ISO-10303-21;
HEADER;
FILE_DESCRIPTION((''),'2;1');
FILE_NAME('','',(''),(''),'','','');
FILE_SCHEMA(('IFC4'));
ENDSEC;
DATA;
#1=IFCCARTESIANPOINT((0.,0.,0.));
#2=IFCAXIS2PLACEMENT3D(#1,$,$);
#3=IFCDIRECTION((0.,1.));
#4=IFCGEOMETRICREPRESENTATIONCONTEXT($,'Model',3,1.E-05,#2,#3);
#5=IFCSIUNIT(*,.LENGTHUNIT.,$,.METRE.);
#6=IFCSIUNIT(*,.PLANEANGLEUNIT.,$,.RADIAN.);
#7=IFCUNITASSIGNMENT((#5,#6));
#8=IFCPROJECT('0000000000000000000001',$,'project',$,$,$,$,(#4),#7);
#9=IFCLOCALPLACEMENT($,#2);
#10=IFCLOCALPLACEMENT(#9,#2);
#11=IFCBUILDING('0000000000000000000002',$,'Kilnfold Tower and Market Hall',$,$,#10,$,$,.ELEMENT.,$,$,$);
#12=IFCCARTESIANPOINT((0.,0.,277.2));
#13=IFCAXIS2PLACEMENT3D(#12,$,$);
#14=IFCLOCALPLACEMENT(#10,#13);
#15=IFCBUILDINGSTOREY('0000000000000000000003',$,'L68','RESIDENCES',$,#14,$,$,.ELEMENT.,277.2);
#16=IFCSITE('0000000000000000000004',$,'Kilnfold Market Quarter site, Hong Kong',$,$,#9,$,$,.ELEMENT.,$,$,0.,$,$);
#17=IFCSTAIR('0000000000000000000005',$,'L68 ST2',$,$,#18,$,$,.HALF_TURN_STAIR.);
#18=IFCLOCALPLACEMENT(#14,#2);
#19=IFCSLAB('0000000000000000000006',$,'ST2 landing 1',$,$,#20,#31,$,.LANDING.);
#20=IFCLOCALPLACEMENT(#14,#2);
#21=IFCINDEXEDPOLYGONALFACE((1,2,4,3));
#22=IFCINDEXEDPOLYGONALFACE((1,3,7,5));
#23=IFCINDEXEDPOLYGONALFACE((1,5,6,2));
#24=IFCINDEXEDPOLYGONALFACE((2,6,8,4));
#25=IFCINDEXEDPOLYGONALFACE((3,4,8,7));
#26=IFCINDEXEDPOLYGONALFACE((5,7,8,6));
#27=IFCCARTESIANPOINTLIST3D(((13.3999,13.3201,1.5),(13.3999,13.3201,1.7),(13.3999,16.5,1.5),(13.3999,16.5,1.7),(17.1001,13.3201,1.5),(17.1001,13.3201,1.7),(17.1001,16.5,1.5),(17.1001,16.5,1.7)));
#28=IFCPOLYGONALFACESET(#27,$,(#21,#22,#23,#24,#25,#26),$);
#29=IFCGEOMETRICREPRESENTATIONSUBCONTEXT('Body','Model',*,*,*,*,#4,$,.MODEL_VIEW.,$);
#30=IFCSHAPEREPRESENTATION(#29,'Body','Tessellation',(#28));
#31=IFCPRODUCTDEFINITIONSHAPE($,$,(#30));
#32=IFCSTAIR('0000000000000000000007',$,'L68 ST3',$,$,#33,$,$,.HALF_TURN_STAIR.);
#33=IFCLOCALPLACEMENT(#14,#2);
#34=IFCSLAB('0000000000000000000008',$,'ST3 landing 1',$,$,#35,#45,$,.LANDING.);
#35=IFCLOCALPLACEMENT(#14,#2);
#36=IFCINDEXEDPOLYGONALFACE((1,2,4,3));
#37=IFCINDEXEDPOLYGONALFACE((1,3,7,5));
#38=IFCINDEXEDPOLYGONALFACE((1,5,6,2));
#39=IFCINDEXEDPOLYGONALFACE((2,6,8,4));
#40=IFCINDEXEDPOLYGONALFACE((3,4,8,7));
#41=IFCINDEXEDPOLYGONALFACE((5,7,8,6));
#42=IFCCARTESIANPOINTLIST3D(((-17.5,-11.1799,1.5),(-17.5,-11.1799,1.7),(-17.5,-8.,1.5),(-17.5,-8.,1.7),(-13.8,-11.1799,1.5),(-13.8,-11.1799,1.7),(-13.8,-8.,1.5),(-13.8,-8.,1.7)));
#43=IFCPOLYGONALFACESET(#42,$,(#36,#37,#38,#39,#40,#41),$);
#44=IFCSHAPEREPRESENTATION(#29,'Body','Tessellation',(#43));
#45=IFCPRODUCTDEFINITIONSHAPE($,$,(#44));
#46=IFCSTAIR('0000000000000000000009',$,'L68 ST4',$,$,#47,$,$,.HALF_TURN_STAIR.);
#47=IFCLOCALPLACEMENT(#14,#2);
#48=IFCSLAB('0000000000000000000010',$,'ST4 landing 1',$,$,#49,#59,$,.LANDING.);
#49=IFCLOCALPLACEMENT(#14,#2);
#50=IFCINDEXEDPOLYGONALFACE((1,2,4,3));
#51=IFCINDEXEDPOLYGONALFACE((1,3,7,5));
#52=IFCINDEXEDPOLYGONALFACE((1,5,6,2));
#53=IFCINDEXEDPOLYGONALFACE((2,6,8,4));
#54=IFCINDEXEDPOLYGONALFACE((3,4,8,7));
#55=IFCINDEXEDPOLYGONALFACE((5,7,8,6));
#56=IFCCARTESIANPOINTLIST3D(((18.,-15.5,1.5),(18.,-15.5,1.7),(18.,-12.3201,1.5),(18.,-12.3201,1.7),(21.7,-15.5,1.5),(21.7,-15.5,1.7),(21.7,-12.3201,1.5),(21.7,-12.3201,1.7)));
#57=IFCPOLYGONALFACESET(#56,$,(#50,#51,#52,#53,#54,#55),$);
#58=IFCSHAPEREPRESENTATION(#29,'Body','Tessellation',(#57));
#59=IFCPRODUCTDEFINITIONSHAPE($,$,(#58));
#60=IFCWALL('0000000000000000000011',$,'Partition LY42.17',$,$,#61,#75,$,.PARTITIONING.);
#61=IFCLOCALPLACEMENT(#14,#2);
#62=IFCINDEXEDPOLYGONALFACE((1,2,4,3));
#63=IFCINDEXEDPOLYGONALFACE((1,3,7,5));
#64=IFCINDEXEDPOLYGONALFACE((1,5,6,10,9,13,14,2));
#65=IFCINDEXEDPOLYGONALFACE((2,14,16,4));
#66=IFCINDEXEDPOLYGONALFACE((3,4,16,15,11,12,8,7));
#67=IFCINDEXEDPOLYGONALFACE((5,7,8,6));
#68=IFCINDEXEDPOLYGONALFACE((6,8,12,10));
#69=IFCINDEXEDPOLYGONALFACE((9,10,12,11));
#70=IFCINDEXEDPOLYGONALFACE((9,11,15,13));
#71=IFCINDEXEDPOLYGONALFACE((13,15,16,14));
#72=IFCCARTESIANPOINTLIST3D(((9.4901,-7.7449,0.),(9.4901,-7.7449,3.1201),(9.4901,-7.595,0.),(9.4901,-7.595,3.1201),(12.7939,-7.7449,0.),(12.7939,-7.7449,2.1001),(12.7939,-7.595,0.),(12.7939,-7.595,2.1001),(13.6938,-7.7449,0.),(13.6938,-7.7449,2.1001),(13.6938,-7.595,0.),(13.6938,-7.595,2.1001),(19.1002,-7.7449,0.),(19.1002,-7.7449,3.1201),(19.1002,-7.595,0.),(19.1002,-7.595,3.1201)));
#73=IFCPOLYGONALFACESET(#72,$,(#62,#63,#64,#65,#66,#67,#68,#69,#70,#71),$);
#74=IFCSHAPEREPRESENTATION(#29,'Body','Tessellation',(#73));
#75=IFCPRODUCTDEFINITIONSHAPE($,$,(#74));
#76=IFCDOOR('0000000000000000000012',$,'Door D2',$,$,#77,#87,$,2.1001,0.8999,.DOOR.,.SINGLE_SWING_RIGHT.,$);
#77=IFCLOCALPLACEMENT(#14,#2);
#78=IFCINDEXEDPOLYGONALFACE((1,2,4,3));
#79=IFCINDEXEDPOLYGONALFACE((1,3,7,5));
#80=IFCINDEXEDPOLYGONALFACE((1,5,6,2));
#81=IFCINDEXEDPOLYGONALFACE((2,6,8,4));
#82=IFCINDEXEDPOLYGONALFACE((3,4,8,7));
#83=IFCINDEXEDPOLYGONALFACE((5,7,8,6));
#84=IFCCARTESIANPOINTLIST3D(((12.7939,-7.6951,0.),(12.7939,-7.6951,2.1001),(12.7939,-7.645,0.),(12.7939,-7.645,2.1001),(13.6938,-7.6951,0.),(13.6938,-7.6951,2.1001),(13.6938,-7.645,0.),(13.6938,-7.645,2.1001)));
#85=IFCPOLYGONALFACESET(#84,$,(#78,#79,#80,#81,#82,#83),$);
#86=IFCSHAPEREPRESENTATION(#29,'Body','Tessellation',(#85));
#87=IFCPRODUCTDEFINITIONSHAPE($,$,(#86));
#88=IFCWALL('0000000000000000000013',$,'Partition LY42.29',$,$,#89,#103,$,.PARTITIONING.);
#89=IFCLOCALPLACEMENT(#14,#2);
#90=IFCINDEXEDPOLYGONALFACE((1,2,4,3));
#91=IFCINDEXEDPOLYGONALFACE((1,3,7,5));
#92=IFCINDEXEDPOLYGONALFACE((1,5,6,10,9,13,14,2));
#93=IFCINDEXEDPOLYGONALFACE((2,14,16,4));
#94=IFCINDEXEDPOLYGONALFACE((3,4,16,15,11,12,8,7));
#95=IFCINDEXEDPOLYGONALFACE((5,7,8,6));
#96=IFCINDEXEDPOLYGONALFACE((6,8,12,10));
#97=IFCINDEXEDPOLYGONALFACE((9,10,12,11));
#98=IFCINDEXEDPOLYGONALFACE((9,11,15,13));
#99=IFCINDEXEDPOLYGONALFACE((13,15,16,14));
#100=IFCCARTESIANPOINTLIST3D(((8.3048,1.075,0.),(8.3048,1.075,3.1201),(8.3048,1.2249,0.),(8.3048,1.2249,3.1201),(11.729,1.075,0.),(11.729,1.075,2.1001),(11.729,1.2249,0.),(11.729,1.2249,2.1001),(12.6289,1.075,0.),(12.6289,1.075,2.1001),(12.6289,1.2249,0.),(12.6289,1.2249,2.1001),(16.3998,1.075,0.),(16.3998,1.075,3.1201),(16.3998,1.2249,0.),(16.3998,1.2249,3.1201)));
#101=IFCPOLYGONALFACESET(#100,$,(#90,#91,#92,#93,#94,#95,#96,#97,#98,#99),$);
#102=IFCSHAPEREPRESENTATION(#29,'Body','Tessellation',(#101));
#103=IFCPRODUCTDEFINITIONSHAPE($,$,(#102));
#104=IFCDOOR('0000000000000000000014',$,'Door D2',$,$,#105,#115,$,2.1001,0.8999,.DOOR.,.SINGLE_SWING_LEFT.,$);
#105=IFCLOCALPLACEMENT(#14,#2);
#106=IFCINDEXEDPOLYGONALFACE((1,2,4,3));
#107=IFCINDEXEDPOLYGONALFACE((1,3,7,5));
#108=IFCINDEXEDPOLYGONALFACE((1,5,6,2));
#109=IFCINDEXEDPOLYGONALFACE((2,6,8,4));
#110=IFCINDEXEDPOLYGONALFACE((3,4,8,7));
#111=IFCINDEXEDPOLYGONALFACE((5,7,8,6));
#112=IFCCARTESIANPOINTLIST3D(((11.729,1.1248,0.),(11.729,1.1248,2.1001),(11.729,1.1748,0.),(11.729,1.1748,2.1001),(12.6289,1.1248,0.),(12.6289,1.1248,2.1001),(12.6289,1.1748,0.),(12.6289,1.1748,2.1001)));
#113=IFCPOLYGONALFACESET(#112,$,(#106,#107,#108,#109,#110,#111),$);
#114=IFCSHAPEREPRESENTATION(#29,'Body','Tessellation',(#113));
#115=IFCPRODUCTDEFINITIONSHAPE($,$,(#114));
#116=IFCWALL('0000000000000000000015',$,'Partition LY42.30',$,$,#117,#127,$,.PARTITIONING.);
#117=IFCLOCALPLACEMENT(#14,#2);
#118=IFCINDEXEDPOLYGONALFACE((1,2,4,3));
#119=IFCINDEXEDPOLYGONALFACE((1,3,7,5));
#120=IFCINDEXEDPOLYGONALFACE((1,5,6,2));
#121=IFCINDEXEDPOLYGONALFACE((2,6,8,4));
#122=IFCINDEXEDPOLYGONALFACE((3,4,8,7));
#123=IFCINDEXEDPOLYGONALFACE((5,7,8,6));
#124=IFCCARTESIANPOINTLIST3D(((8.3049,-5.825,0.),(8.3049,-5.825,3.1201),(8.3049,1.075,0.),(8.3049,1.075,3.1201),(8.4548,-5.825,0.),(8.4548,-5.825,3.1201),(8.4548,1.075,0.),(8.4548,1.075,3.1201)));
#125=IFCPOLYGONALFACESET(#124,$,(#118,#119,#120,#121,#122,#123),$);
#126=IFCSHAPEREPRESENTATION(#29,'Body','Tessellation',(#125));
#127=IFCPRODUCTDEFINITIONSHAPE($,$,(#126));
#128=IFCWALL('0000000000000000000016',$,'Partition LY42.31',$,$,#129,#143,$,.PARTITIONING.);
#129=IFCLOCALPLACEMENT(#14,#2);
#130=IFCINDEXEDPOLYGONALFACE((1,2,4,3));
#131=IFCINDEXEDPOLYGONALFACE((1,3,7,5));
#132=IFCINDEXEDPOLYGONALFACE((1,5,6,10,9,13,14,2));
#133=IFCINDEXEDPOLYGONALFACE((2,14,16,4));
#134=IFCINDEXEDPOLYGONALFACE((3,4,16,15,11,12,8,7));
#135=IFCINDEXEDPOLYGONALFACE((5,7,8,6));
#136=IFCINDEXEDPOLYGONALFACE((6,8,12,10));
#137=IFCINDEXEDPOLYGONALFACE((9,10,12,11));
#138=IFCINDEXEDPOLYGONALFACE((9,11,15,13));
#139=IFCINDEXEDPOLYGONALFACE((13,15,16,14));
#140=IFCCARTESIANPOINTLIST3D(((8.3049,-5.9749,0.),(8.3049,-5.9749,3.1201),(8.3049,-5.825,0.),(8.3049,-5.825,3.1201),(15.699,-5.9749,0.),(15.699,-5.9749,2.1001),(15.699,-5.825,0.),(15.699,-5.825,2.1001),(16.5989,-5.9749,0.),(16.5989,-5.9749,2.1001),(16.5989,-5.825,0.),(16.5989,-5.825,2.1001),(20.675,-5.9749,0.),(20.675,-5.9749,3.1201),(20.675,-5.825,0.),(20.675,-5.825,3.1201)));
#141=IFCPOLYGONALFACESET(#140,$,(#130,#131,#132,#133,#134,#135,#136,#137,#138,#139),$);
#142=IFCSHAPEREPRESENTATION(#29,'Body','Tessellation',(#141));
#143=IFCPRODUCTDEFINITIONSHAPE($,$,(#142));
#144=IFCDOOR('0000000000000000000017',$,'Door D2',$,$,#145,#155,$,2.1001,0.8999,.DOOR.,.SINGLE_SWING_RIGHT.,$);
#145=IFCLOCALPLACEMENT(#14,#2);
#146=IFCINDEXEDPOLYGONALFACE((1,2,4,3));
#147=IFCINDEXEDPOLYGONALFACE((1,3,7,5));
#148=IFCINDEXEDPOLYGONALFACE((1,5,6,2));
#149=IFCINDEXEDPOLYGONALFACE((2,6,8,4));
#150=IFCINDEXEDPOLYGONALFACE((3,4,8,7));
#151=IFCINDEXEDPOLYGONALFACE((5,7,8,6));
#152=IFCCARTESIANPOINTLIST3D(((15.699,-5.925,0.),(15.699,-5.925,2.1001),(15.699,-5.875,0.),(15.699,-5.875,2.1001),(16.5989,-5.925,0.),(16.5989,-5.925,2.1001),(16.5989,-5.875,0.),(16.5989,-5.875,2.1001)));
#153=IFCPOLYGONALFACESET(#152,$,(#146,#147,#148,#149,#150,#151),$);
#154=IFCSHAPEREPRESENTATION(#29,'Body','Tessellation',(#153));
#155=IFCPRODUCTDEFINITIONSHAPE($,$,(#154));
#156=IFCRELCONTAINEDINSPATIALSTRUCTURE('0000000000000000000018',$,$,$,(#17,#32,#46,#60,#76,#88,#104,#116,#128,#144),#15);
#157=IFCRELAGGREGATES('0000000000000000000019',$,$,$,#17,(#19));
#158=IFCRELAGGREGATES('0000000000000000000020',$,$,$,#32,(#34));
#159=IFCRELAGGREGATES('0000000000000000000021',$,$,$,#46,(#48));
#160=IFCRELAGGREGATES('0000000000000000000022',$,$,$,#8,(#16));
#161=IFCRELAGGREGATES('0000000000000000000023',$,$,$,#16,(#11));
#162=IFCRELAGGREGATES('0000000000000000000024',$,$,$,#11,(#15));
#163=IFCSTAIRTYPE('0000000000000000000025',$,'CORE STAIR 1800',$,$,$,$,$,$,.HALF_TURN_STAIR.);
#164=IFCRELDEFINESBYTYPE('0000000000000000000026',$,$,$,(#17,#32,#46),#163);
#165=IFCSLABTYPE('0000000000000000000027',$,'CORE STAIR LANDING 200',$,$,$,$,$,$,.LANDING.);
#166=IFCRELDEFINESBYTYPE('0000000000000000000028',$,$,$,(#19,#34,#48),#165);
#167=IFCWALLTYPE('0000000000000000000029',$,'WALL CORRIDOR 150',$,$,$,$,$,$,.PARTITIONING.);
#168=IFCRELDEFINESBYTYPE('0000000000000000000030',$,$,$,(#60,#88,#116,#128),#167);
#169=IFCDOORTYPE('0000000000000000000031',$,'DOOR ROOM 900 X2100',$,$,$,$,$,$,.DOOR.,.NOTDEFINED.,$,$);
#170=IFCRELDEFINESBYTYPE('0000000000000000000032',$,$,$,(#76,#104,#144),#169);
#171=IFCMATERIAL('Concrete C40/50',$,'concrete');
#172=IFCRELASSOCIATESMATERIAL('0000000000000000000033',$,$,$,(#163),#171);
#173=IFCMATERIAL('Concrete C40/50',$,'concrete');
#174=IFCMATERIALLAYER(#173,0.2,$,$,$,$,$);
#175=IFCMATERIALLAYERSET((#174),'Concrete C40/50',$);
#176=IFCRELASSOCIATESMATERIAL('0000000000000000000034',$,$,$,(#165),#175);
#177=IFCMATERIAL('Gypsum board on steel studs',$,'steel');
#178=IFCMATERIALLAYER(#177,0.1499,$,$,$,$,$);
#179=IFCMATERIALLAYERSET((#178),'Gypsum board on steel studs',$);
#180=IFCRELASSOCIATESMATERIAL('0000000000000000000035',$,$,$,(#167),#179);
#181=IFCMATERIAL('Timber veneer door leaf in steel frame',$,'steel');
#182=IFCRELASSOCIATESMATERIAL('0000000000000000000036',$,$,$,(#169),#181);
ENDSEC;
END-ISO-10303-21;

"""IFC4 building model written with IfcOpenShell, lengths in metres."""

from ifc_helpers import new_model, si_unit, direction, frame, frame_2d, origin, place, context, subcontext, project, spatial, polyline, rectangle, outline, extrude, source, transform, mapped, material, layer, layer_set, type_object, element, fill, aggregate, save


model = new_model("IFC4")

# Units and contexts
model_context = context("Model", 3, precision=1e-05, world=origin(), true_north=direction((0.0, 1.0)))
body_context = subcontext(model_context, "Body", "Model", "MODEL_VIEW")
ifc_project = project(units=[si_unit("LENGTHUNIT", "METRE"), si_unit("PLANEANGLEUNIT", "RADIAN")], contexts=[model_context])

# Site, building, storey
site_placement = place(None, origin())
site = spatial("IfcSite", under=ifc_project, at=site_placement, Name="Kilnfold Market Quarter site, Hong Kong", CompositionType="ELEMENT", RefElevation=0.0)
building_placement = place(site_placement, origin())
building = spatial("IfcBuilding", under=site, at=building_placement, Name="Kilnfold Tower and Market Hall", CompositionType="ELEMENT")
storey_placement = place(building_placement, frame((0.0, 0.0, 277.2)))
storey = spatial("IfcBuildingStorey", under=building, at=storey_placement, Name="L68", Description="RESIDENCES", CompositionType="ELEMENT", Elevation=277.2)

# Stairs, slabs
ifc_material_1 = material(Name="Concrete C40/50", Category="concrete")
stair_type = type_object("IfcStairType", Name="CORE STAIR 1800", PredefinedType="HALF_TURN_STAIR", material=ifc_material_1)
ifc_material_2 = material(Name="Concrete C40/50", Category="concrete")
ifc_layer_1 = layer(ifc_material_2, 0.2)
ifc_layer_set_1 = layer_set([ifc_layer_1], Name="Concrete C40/50")
slab_type_1 = type_object("IfcSlabType", Name="CORE STAIR LANDING 200", PredefinedType="LANDING", material=ifc_layer_set_1)
stair_1_placement = place(storey_placement, origin())
stair_1 = element("IfcStair", 1, at=stair_1_placement, inside=storey, type_object=stair_type, Name="L68 ST2", PredefinedType="HALF_TURN_STAIR")
shared_shape_1 = source(origin(), body_context, "Body", "SweptSolid", [
    extrude(outline(polyline([(17.1001, 13.3201), (17.1001, 16.5), (13.3999, 16.5), (13.3999, 13.3201), (17.1001, 13.3201)])), origin(), (0.0, 0.0, 1.0), 0.2),
])
slab_1_placement = place(storey_placement, frame((0.0, 0.0, 1.5)))
slab_1 = element("IfcSlab", 2, at=slab_1_placement, type_object=slab_type_1, Name="ST2 landing 1", PredefinedType="LANDING", context=body_context, shape_type="MappedRepresentation", body=[
    mapped(shared_shape_1, transform((0.0, 0.0, 0.0))),
])
aggregate(stair_1, [slab_1])
stair_2_placement = place(storey_placement, origin())
stair_2 = element("IfcStair", 3, at=stair_2_placement, inside=storey, type_object=stair_type, Name="L68 ST3", PredefinedType="HALF_TURN_STAIR")
shared_shape_2 = source(origin(), body_context, "Body", "SweptSolid", [
    extrude(outline(polyline([(-13.8, -11.1799), (-13.8, -8.0), (-17.5, -8.0), (-17.5, -11.1799), (-13.8, -11.1799)])), origin(), (0.0, 0.0, 1.0), 0.2),
])
slab_2_placement = place(storey_placement, frame((0.0, 0.0, 1.5)))
slab_2 = element("IfcSlab", 4, at=slab_2_placement, type_object=slab_type_1, Name="ST3 landing 1", PredefinedType="LANDING", context=body_context, shape_type="MappedRepresentation", body=[
    mapped(shared_shape_2, transform((0.0, 0.0, 0.0))),
])
aggregate(stair_2, [slab_2])
stair_3_placement = place(storey_placement, origin())
stair_3 = element("IfcStair", 5, at=stair_3_placement, inside=storey, type_object=stair_type, Name="L68 ST4", PredefinedType="HALF_TURN_STAIR")
shared_shape_3 = source(origin(), body_context, "Body", "SweptSolid", [
    extrude(outline(polyline([(18.0, -12.3201), (18.0, -15.5), (21.7, -15.5), (21.7, -12.3201), (18.0, -12.3201)])), origin(), (0.0, 0.0, 1.0), 0.2),
])
slab_3_placement = place(storey_placement, frame((0.0, 0.0, 1.5)))
slab_3 = element("IfcSlab", 6, at=slab_3_placement, type_object=slab_type_1, Name="ST4 landing 1", PredefinedType="LANDING", context=body_context, shape_type="MappedRepresentation", body=[
    mapped(shared_shape_3, transform((0.0, 0.0, 0.0))),
])
aggregate(stair_3, [slab_3])

# Walls, openings, doors
ifc_material_3 = material(Name="Gypsum board on steel studs", Category="steel")
ifc_layer_2 = layer(ifc_material_3, 0.1499)
ifc_layer_set_2 = layer_set([ifc_layer_2], Name="Gypsum board on steel studs")
wall_type_1 = type_object("IfcWallType", Name="WALL CORRIDOR 150", PredefinedType="PARTITIONING", material=ifc_layer_set_2)
wall_1_placement = place(storey_placement, frame((9.49, -7.6699, 0.0), z_axis=(0.0, 0.0, 1.0), x_axis=(1.0, 0.0, 0.0)))
wall_1 = element("IfcWall", 7, at=wall_1_placement, inside=storey, type_object=wall_type_1, Name="Partition LY42.17", PredefinedType="PARTITIONING", context=body_context, shape_type="SweptSolid", body=[
    extrude(rectangle(XDim=9.6101, YDim=0.1499, at=frame_2d((4.8052, 0.0))), origin(), (0.0, 0.0, 1.0), 3.1201),
])
opening_1_placement = place(wall_1_placement, frame((3.304, 0.0, 0.0)))
opening_1 = element("IfcOpeningElement", 8, at=opening_1_placement, cuts=wall_1, PredefinedType="OPENING", context=body_context, shape_type="SweptSolid", body=[
    extrude(rectangle(XDim=0.8999, YDim=2.1001, at=frame_2d((0.45, 1.05))), frame((0.0, 0.085, 0.0), z_axis=(0.0, -1.0, 0.0), x_axis=(1.0, 0.0, 0.0)), (0.0, 0.0, 1.0), 0.1699),
])
ifc_material_4 = material(Name="Timber veneer door leaf in steel frame", Category="steel")
door_type_1 = type_object("IfcDoorType", Name="DOOR ROOM 900 X2100", OperationType="NOTDEFINED", PredefinedType="DOOR", material=ifc_material_4)
door_1_placement = place(opening_1_placement, origin())
door_1 = element("IfcDoor", 9, at=door_1_placement, inside=storey, type_object=door_type_1, Name="Door D2", OperationType="SINGLE_SWING_RIGHT", OverallHeight=2.1001, OverallWidth=0.8999, PredefinedType="DOOR", context=body_context, shape_type="SweptSolid", body=[
    extrude(rectangle(XDim=0.8999, YDim=2.1001, at=frame_2d((0.45, 1.05))), frame((0.0, 0.0249, 0.0), z_axis=(0.0, -1.0, 0.0), x_axis=(1.0, 0.0, 0.0)), (0.0, 0.0, 1.0), 0.05),
])
fill(opening_1, door_1)
wall_2_placement = place(storey_placement, frame((8.3049, 1.1499, 0.0), z_axis=(0.0, 0.0, 1.0), x_axis=(1.0, 0.0, 0.0)))
wall_2 = element("IfcWall", 10, at=wall_2_placement, inside=storey, type_object=wall_type_1, Name="Partition LY42.29", PredefinedType="PARTITIONING", context=body_context, shape_type="SweptSolid", body=[
    extrude(rectangle(XDim=8.095, YDim=0.1499, at=frame_2d((4.0474, 0.0))), origin(), (0.0, 0.0, 1.0), 3.1201),
])
opening_2_placement = place(wall_2_placement, frame((3.4241, 0.0, 0.0)))
opening_2 = element("IfcOpeningElement", 11, at=opening_2_placement, cuts=wall_2, PredefinedType="OPENING", context=body_context, shape_type="SweptSolid", body=[
    extrude(rectangle(XDim=0.8999, YDim=2.1001, at=frame_2d((0.45, 1.05))), frame((0.0, 0.085, 0.0), z_axis=(0.0, -1.0, 0.0), x_axis=(1.0, 0.0, 0.0)), (0.0, 0.0, 1.0), 0.1699),
])
door_2_placement = place(opening_2_placement, origin())
door_2 = element("IfcDoor", 12, at=door_2_placement, inside=storey, type_object=door_type_1, Name="Door D2", OperationType="SINGLE_SWING_LEFT", OverallHeight=2.1001, OverallWidth=0.8999, PredefinedType="DOOR", context=body_context, shape_type="SweptSolid", body=[
    extrude(rectangle(XDim=0.8999, YDim=2.1001, at=frame_2d((0.45, 1.05))), frame((0.0, 0.0249, 0.0), z_axis=(0.0, -1.0, 0.0), x_axis=(1.0, 0.0, 0.0)), (0.0, 0.0, 1.0), 0.05),
])
fill(opening_2, door_2)

# Wall
wall_3_placement = place(storey_placement, frame((8.3799, -5.825, 0.0), z_axis=(0.0, 0.0, 1.0), x_axis=(0.0, 1.0, 0.0)))
element("IfcWall", 13, at=wall_3_placement, inside=storey, type_object=wall_type_1, Name="Partition LY42.30", PredefinedType="PARTITIONING", context=body_context, shape_type="SweptSolid", body=[
    extrude(rectangle(XDim=6.8999, YDim=0.1499, at=frame_2d((3.45, 0.0))), origin(), (0.0, 0.0, 1.0), 3.1201),
])

# Wall, opening, door
wall_4_placement = place(storey_placement, frame((8.3049, -5.8999, 0.0), z_axis=(0.0, 0.0, 1.0), x_axis=(1.0, 0.0, 0.0)))
wall_4 = element("IfcWall", 14, at=wall_4_placement, inside=storey, type_object=wall_type_1, Name="Partition LY42.31", PredefinedType="PARTITIONING", context=body_context, shape_type="SweptSolid", body=[
    extrude(rectangle(XDim=12.3701, YDim=0.1499, at=frame_2d((6.1851, 0.0))), origin(), (0.0, 0.0, 1.0), 3.1201),
])
opening_3_placement = place(wall_4_placement, frame((7.394, 0.0, 0.0)))
opening_3 = element("IfcOpeningElement", 15, at=opening_3_placement, cuts=wall_4, PredefinedType="OPENING", context=body_context, shape_type="SweptSolid", body=[
    extrude(rectangle(XDim=0.8999, YDim=2.1001, at=frame_2d((0.45, 1.05))), frame((0.0, 0.085, 0.0), z_axis=(0.0, -1.0, 0.0), x_axis=(1.0, 0.0, 0.0)), (0.0, 0.0, 1.0), 0.1699),
])
door_3_placement = place(opening_3_placement, origin())
door_3 = element("IfcDoor", 16, at=door_3_placement, inside=storey, type_object=door_type_1, Name="Door D2", OperationType="SINGLE_SWING_RIGHT", OverallHeight=2.1001, OverallWidth=0.8999, PredefinedType="DOOR", context=body_context, shape_type="SweptSolid", body=[
    extrude(rectangle(XDim=0.8999, YDim=2.1001, at=frame_2d((0.45, 1.05))), frame((0.0, 0.0249, 0.0), z_axis=(0.0, -1.0, 0.0), x_axis=(1.0, 0.0, 0.0)), (0.0, 0.0, 1.0), 0.05),
])
fill(opening_3, door_3)

save(model, "model.ifc")
